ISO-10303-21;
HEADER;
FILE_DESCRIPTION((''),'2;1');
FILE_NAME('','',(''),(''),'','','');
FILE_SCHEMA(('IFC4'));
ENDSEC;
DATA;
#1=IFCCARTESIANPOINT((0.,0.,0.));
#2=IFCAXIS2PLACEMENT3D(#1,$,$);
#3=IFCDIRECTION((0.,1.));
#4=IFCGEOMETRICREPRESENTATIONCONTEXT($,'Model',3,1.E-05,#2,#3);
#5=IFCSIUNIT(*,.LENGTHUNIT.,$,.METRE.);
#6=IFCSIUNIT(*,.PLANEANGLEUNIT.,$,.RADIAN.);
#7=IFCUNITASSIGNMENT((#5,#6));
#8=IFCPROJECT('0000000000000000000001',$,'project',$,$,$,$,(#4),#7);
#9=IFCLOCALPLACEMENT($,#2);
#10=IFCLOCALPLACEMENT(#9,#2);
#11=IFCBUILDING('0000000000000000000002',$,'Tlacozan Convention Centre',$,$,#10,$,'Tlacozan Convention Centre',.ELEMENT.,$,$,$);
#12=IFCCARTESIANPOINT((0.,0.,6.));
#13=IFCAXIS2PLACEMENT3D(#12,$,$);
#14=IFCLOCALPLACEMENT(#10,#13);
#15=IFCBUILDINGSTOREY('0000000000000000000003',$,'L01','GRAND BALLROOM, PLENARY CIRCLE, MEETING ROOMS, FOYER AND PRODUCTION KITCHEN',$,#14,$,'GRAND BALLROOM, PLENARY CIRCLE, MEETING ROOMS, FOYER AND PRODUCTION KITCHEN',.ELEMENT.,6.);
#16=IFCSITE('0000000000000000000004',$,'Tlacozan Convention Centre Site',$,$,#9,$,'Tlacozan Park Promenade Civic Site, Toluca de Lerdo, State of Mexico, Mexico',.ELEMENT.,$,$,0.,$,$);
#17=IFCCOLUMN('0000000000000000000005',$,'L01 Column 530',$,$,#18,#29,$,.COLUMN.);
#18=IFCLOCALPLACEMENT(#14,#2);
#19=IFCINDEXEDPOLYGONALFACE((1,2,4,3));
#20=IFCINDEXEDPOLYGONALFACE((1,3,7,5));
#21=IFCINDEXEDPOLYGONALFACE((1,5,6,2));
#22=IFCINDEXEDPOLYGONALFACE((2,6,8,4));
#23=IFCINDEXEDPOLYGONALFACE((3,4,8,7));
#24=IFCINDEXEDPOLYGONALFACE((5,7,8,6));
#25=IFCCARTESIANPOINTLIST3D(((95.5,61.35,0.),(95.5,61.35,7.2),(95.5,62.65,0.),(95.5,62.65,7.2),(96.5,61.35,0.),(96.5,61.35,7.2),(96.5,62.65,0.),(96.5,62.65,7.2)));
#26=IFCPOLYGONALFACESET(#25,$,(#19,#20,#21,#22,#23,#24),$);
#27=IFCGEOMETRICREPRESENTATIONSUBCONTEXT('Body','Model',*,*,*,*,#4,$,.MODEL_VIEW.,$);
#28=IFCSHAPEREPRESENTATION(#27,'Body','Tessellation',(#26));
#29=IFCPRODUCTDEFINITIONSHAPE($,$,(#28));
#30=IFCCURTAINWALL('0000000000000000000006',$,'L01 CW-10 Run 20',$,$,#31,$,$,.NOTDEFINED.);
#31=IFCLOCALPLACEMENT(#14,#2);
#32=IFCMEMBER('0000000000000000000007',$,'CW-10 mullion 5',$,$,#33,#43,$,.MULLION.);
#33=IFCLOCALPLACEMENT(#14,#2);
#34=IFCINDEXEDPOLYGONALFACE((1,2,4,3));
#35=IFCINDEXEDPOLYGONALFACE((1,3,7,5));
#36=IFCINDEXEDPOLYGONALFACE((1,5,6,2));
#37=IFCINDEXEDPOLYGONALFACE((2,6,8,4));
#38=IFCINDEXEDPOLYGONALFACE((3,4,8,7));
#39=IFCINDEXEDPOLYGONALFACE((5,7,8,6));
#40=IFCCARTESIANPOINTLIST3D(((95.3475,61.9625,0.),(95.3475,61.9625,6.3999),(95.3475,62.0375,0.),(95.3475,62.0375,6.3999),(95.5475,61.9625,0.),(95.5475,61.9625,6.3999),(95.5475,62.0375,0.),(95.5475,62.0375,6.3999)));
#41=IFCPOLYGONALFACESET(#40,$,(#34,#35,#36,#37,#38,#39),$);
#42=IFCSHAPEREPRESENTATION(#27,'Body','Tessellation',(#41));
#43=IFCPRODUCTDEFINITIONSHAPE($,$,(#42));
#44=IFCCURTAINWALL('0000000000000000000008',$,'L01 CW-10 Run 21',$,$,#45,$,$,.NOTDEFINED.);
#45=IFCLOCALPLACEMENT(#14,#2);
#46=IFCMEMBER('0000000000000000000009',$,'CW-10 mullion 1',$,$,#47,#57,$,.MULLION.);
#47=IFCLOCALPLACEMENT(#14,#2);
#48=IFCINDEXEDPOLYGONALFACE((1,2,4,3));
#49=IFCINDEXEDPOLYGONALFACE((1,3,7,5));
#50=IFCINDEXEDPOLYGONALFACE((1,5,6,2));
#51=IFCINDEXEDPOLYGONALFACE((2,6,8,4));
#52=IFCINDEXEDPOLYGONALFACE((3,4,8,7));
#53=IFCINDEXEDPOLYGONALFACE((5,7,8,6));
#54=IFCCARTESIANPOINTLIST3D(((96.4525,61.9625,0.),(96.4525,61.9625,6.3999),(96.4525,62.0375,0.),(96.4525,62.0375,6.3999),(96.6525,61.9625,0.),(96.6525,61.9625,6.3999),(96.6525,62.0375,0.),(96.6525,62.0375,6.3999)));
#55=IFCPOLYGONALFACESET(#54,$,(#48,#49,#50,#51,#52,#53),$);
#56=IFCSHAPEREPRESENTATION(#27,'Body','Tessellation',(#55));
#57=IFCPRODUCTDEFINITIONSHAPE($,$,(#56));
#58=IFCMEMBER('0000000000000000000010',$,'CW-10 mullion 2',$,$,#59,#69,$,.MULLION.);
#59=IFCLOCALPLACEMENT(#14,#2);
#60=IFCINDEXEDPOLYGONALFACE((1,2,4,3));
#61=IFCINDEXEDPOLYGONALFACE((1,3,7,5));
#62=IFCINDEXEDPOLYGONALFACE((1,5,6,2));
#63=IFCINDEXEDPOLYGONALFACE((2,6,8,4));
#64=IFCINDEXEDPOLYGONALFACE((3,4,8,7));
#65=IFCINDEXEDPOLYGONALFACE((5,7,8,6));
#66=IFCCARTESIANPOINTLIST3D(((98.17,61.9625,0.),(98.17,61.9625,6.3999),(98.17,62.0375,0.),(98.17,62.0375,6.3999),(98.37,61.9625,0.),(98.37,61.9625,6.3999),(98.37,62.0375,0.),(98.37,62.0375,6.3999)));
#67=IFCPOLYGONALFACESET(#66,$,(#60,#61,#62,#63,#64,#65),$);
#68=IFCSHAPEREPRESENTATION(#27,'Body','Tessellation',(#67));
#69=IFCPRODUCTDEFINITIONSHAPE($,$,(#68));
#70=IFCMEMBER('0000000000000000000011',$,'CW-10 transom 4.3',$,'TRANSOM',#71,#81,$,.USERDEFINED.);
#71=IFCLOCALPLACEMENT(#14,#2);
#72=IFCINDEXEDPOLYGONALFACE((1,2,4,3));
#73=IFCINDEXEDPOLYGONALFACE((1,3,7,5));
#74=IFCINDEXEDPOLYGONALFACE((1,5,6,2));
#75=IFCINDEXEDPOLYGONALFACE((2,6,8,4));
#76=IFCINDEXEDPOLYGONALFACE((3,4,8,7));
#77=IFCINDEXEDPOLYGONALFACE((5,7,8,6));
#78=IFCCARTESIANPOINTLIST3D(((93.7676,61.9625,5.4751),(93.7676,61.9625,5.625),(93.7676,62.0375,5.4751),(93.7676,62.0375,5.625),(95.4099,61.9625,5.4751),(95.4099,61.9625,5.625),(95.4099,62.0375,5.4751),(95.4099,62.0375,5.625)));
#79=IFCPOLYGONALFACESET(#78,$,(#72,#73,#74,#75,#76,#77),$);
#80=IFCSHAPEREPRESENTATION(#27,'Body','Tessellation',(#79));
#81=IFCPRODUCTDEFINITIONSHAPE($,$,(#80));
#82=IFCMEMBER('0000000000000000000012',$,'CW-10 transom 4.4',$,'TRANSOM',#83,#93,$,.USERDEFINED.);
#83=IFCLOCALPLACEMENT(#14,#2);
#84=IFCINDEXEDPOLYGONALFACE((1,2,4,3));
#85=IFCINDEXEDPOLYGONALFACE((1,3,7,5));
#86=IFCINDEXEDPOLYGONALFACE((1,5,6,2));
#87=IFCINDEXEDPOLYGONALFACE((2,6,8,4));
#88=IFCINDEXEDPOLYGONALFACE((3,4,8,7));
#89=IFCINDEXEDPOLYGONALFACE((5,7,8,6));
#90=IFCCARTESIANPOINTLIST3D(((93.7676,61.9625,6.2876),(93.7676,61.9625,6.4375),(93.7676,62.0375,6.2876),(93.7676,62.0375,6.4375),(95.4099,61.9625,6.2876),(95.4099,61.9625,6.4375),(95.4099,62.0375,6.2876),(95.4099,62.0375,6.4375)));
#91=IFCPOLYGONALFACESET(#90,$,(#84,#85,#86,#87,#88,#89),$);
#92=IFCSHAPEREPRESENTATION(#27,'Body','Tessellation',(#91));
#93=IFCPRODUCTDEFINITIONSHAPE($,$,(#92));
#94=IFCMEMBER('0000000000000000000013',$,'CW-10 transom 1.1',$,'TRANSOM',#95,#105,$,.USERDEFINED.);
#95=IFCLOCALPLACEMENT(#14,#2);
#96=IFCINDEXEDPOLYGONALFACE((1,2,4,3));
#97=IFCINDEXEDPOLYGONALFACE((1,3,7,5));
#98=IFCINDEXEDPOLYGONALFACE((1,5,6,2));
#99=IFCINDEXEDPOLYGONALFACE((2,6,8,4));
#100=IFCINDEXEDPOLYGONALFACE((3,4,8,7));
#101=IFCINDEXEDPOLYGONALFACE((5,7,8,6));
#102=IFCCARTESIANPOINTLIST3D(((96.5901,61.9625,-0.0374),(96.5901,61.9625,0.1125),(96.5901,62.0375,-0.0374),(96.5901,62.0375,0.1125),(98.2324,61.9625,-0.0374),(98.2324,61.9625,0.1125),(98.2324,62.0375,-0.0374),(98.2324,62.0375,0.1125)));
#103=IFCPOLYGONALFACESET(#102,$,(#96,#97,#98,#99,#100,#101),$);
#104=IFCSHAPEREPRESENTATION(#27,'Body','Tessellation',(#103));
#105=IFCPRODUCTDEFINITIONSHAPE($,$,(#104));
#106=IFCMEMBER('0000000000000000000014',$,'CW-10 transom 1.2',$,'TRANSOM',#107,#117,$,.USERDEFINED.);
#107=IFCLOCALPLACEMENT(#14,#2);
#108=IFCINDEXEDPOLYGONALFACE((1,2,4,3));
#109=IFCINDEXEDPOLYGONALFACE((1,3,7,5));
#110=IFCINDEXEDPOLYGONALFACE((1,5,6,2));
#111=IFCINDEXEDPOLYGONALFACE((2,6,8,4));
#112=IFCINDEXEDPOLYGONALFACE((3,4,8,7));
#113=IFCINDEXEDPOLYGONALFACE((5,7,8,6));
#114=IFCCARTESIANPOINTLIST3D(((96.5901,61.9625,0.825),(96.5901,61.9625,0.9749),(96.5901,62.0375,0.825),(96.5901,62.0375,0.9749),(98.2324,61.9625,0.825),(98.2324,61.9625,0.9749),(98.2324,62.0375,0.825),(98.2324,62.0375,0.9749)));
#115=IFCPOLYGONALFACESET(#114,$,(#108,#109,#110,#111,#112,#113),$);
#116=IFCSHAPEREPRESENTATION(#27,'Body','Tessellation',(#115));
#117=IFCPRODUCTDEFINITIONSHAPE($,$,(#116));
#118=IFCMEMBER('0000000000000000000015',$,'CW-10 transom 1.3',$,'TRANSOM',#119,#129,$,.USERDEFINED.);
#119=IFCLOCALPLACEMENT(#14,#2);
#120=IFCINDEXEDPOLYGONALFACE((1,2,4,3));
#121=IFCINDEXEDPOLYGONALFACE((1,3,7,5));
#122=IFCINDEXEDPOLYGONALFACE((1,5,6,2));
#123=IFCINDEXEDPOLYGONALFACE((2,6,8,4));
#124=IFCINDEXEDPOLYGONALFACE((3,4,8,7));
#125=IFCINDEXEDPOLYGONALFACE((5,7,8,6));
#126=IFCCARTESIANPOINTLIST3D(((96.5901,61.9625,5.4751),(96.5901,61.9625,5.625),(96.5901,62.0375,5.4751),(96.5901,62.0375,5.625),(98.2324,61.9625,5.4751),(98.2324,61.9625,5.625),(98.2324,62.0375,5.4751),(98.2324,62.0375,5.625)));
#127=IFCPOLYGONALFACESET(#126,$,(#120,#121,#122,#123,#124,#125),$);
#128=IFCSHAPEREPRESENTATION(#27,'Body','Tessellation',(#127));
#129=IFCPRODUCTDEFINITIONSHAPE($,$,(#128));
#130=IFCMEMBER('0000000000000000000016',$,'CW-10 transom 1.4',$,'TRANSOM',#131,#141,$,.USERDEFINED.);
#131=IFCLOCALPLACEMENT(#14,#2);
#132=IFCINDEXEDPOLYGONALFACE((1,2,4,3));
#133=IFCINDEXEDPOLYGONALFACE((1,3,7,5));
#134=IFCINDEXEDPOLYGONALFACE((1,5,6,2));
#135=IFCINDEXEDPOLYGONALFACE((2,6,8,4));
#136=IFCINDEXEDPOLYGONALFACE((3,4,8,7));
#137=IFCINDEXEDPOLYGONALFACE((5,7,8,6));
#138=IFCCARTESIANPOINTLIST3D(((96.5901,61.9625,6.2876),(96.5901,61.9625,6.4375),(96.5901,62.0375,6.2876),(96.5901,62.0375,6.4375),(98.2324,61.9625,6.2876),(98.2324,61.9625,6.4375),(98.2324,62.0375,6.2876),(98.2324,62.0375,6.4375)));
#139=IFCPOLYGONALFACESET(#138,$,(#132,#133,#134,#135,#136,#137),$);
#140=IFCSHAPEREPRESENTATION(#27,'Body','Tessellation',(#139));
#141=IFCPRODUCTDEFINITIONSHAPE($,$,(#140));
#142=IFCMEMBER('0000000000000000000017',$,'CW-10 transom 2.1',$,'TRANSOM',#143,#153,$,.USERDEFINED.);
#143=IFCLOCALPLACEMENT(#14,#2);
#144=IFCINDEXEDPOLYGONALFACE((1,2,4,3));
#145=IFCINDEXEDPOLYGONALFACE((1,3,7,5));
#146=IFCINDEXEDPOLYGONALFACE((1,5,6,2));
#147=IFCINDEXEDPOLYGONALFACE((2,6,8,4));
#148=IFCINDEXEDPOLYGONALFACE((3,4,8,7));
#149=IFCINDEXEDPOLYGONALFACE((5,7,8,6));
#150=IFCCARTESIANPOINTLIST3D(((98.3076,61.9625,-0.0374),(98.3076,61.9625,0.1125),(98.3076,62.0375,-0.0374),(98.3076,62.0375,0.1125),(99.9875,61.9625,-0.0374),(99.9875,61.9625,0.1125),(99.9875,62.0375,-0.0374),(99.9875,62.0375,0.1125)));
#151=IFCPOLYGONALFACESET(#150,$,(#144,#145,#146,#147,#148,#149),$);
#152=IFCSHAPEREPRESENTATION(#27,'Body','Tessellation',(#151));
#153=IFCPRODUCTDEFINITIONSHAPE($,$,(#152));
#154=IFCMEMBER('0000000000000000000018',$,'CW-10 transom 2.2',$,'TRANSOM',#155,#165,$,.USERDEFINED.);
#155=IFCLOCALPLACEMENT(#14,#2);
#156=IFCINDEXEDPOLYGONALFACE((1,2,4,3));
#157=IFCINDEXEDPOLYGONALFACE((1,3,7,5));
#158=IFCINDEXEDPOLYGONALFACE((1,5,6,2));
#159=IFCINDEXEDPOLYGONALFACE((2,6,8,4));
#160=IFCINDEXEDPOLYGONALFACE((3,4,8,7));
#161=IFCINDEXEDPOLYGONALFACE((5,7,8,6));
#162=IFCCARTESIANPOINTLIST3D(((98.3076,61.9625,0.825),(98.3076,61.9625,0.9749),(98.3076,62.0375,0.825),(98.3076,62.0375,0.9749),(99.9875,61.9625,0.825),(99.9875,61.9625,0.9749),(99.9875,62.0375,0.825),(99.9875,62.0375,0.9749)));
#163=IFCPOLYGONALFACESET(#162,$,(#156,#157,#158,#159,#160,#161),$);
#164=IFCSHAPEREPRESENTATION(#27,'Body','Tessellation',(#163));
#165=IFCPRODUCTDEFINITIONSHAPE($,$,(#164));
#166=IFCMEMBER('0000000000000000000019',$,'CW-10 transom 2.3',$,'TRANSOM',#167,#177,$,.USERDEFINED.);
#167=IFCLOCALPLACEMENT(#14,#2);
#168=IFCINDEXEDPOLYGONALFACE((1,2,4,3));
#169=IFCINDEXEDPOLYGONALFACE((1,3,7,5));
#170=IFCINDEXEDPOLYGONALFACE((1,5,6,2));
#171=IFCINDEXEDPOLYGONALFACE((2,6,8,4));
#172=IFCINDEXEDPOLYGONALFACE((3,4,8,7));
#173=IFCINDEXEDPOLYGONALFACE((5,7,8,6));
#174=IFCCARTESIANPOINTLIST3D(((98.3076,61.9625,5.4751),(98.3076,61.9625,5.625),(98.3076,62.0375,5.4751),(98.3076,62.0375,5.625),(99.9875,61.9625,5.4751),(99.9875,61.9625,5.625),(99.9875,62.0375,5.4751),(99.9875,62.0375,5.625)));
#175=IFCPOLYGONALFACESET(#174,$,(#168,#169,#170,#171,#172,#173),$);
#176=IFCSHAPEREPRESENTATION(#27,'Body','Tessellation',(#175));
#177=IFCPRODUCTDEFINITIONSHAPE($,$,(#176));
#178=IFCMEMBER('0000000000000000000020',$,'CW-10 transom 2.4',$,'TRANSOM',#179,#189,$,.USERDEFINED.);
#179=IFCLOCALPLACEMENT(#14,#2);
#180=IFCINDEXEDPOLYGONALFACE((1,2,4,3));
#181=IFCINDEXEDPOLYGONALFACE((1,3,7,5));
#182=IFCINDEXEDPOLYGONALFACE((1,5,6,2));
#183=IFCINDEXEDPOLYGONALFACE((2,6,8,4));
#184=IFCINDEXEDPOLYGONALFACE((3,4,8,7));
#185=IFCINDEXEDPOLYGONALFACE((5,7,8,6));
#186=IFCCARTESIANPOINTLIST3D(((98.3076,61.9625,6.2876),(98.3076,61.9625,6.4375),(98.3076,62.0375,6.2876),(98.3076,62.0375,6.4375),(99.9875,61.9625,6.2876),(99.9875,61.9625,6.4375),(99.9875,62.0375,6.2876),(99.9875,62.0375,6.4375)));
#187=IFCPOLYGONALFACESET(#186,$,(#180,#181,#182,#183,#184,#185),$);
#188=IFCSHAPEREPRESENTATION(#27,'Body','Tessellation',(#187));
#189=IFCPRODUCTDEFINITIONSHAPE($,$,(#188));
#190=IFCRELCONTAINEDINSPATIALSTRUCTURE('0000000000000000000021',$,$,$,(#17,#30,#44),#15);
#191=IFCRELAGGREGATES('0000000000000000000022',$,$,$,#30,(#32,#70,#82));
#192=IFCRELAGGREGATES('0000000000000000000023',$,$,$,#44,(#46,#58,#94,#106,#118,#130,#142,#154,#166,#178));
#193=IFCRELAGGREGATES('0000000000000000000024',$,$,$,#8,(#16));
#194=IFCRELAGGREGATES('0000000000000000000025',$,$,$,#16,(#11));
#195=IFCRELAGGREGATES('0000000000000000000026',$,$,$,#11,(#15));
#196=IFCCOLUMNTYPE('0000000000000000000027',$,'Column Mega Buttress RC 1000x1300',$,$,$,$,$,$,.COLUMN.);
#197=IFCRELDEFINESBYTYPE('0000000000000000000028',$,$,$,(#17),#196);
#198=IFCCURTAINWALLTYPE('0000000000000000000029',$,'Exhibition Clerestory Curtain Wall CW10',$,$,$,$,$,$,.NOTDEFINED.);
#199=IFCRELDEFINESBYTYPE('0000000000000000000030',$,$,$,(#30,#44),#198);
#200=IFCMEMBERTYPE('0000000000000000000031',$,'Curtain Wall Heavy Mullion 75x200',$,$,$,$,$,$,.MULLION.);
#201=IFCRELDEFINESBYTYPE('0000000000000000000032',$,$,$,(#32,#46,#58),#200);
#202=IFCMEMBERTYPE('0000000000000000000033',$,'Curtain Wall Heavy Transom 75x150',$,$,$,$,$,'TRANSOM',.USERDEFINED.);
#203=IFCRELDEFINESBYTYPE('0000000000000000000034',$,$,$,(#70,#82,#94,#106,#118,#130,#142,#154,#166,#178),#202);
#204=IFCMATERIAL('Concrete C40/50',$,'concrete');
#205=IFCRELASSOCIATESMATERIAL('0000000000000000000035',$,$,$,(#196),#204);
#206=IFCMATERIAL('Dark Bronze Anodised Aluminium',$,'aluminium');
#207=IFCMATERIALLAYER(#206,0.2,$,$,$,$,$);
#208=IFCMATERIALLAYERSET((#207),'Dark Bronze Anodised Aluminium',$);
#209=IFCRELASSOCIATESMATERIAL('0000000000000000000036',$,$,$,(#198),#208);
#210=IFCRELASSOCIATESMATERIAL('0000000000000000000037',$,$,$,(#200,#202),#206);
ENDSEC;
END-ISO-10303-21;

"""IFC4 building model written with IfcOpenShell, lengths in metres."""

from ifc_helpers import new_model, si_unit, direction, frame, origin, origin_2d, place, context, subcontext, project, spatial, rectangle, extrude, material, layer, layer_set, material_profile, profile_set, type_object, element, aggregate, save


model = new_model("IFC4")

# Units and contexts
model_context = context("Model", 3, precision=1e-05, world=origin(), true_north=direction((0.0, 1.0)))
body_context = subcontext(model_context, "Body", "Model", "MODEL_VIEW")
ifc_project = project(units=[si_unit("LENGTHUNIT", "METRE"), si_unit("PLANEANGLEUNIT", "RADIAN")], contexts=[model_context])

# Site, building, storey
site_placement = place(None, origin())
site = spatial("IfcSite", under=ifc_project, at=site_placement, Name="Tlacozan Convention Centre Site", LongName="Tlacozan Park Promenade Civic Site, Toluca de Lerdo, State of Mexico, Mexico", CompositionType="ELEMENT", RefElevation=0.0)
building_placement = place(site_placement, origin())
building = spatial("IfcBuilding", under=site, at=building_placement, Name="Tlacozan Convention Centre", LongName="Tlacozan Convention Centre", CompositionType="ELEMENT")
storey_placement = place(building_placement, frame((0.0, 0.0, 6.0)))
storey = spatial("IfcBuildingStorey", under=building, at=storey_placement, Name="L01", Description="GRAND BALLROOM, PLENARY CIRCLE, MEETING ROOMS, FOYER AND PRODUCTION KITCHEN", LongName="GRAND BALLROOM, PLENARY CIRCLE, MEETING ROOMS, FOYER AND PRODUCTION KITCHEN", CompositionType="ELEMENT", Elevation=6.0)

# Column
ifc_material_1 = material(Name="Concrete C40/50", Category="concrete")
ifc_material_profile_1 = material_profile(ifc_material_1, rectangle(XDim=1.0, YDim=1.3, at=origin_2d()), Name="RC 1000x1300")
ifc_profile_set_1 = profile_set([ifc_material_profile_1], Name="Concrete C40/50")
column_type = type_object("IfcColumnType", Name="Column Mega Buttress RC 1000x1300", PredefinedType="COLUMN", material=ifc_profile_set_1)
column_placement = place(storey_placement, frame((96.0, 62.0, 0.0), z_axis=(0.0, 0.0, 1.0), x_axis=(1.0, 0.0, 0.0)))
element("IfcColumn", 1, at=column_placement, inside=storey, type_object=column_type, Name="L01 Column 530", PredefinedType="COLUMN", context=body_context, shape_type="SweptSolid", body=[
    extrude(rectangle(XDim=1.0, YDim=1.3, at=origin_2d()), origin(), (0.0, 0.0, 1.0), 7.2),
])

# Curtain wall, member
ifc_material_2 = material(Name="Dark Bronze Anodised Aluminium", Category="aluminium")
ifc_layer_1 = layer(ifc_material_2, 0.2)
ifc_layer_set_1 = layer_set([ifc_layer_1], Name="Dark Bronze Anodised Aluminium")
curtain_wall_type = type_object("IfcCurtainWallType", Name="Exhibition Clerestory Curtain Wall CW10", PredefinedType="NOTDEFINED", material=ifc_layer_set_1)
curtain_wall_1_placement = place(storey_placement, origin())
curtain_wall_1 = element("IfcCurtainWall", 2, at=curtain_wall_1_placement, inside=storey, type_object=curtain_wall_type, Name="L01 CW-10 Run 20", PredefinedType="NOTDEFINED")
ifc_material_profile_2 = material_profile(ifc_material_2, rectangle(XDim=0.075, YDim=0.2, at=origin_2d()), Name="ALU 75x200")
ifc_profile_set_2 = profile_set([ifc_material_profile_2], Name="Dark Bronze Anodised Aluminium")
member_type_1 = type_object("IfcMemberType", Name="Curtain Wall Heavy Mullion 75x200", PredefinedType="MULLION", material=ifc_profile_set_2)
member_1_placement = place(storey_placement, frame((95.4475, 62.0, 0.0), z_axis=(0.0, 0.0, 1.0), x_axis=(0.0, 1.0, 0.0)))
member_1 = element("IfcMember", 3, at=member_1_placement, type_object=member_type_1, Name="CW-10 mullion 5", PredefinedType="MULLION", context=body_context, shape_type="SweptSolid", body=[
    extrude(rectangle(XDim=0.075, YDim=0.2, at=origin_2d()), origin(), (0.0, 0.0, 1.0), 6.3999),
])

# Curtain wall, members
curtain_wall_2_placement = place(storey_placement, origin())
curtain_wall_2 = element("IfcCurtainWall", 4, at=curtain_wall_2_placement, inside=storey, type_object=curtain_wall_type, Name="L01 CW-10 Run 21", PredefinedType="NOTDEFINED")
member_2_placement = place(storey_placement, frame((96.5525, 62.0, 0.0), z_axis=(0.0, 0.0, 1.0), x_axis=(0.0, 1.0, 0.0)))
member_2 = element("IfcMember", 5, at=member_2_placement, type_object=member_type_1, Name="CW-10 mullion 1", PredefinedType="MULLION", context=body_context, shape_type="SweptSolid", body=[
    extrude(rectangle(XDim=0.075, YDim=0.2, at=origin_2d()), origin(), (0.0, 0.0, 1.0), 6.3999),
])
member_3_placement = place(storey_placement, frame((98.27, 62.0, 0.0), z_axis=(0.0, 0.0, 1.0), x_axis=(0.0, 1.0, 0.0)))
member_3 = element("IfcMember", 6, at=member_3_placement, type_object=member_type_1, Name="CW-10 mullion 2", PredefinedType="MULLION", context=body_context, shape_type="SweptSolid", body=[
    extrude(rectangle(XDim=0.075, YDim=0.2, at=origin_2d()), origin(), (0.0, 0.0, 1.0), 6.3999),
])

# Members
ifc_material_profile_3 = material_profile(ifc_material_2, rectangle(XDim=0.075, YDim=0.1499, at=origin_2d()), Name="ALU 75x150")
ifc_profile_set_3 = profile_set([ifc_material_profile_3], Name="Dark Bronze Anodised Aluminium")
member_type_2 = type_object("IfcMemberType", Name="Curtain Wall Heavy Transom 75x150", ElementType="TRANSOM", PredefinedType="USERDEFINED", material=ifc_profile_set_3)
member_4_placement = place(storey_placement, frame((93.7676, 62.0, 5.55), z_axis=(1.0, 0.0, 0.0), x_axis=(0.0, 1.0, 0.0)))
member_4 = element("IfcMember", 7, at=member_4_placement, type_object=member_type_2, Name="CW-10 transom 4.3", ObjectType="TRANSOM", PredefinedType="USERDEFINED", context=body_context, shape_type="SweptSolid", body=[
    extrude(rectangle(XDim=0.075, YDim=0.1499, at=origin_2d()), origin(), (0.0, 0.0, 1.0), 1.6423),
])
member_5_placement = place(storey_placement, frame((93.7676, 62.0, 6.3625), z_axis=(1.0, 0.0, 0.0), x_axis=(0.0, 1.0, 0.0)))
member_5 = element("IfcMember", 8, at=member_5_placement, type_object=member_type_2, Name="CW-10 transom 4.4", ObjectType="TRANSOM", PredefinedType="USERDEFINED", context=body_context, shape_type="SweptSolid", body=[
    extrude(rectangle(XDim=0.075, YDim=0.1499, at=origin_2d()), origin(), (0.0, 0.0, 1.0), 1.6423),
])
member_6_placement = place(storey_placement, frame((96.5901, 62.0, 0.0376), z_axis=(1.0, 0.0, 0.0), x_axis=(0.0, 1.0, 0.0)))
member_6 = element("IfcMember", 9, at=member_6_placement, type_object=member_type_2, Name="CW-10 transom 1.1", ObjectType="TRANSOM", PredefinedType="USERDEFINED", context=body_context, shape_type="SweptSolid", body=[
    extrude(rectangle(XDim=0.075, YDim=0.1499, at=origin_2d()), origin(), (0.0, 0.0, 1.0), 1.6423),
])
member_7_placement = place(storey_placement, frame((96.5901, 62.0, 0.8999), z_axis=(1.0, 0.0, 0.0), x_axis=(0.0, 1.0, 0.0)))
member_7 = element("IfcMember", 10, at=member_7_placement, type_object=member_type_2, Name="CW-10 transom 1.2", ObjectType="TRANSOM", PredefinedType="USERDEFINED", context=body_context, shape_type="SweptSolid", body=[
    extrude(rectangle(XDim=0.075, YDim=0.1499, at=origin_2d()), origin(), (0.0, 0.0, 1.0), 1.6423),
])
member_8_placement = place(storey_placement, frame((96.5901, 62.0, 5.55), z_axis=(1.0, 0.0, 0.0), x_axis=(0.0, 1.0, 0.0)))
member_8 = element("IfcMember", 11, at=member_8_placement, type_object=member_type_2, Name="CW-10 transom 1.3", ObjectType="TRANSOM", PredefinedType="USERDEFINED", context=body_context, shape_type="SweptSolid", body=[
    extrude(rectangle(XDim=0.075, YDim=0.1499, at=origin_2d()), origin(), (0.0, 0.0, 1.0), 1.6423),
])
member_9_placement = place(storey_placement, frame((96.5901, 62.0, 6.3625), z_axis=(1.0, 0.0, 0.0), x_axis=(0.0, 1.0, 0.0)))
member_9 = element("IfcMember", 12, at=member_9_placement, type_object=member_type_2, Name="CW-10 transom 1.4", ObjectType="TRANSOM", PredefinedType="USERDEFINED", context=body_context, shape_type="SweptSolid", body=[
    extrude(rectangle(XDim=0.075, YDim=0.1499, at=origin_2d()), origin(), (0.0, 0.0, 1.0), 1.6423),
])
member_10_placement = place(storey_placement, frame((98.3076, 62.0, 0.0376), z_axis=(1.0, 0.0, 0.0), x_axis=(0.0, 1.0, 0.0)))
member_10 = element("IfcMember", 13, at=member_10_placement, type_object=member_type_2, Name="CW-10 transom 2.1", ObjectType="TRANSOM", PredefinedType="USERDEFINED", context=body_context, shape_type="SweptSolid", body=[
    extrude(rectangle(XDim=0.075, YDim=0.1499, at=origin_2d()), origin(), (0.0, 0.0, 1.0), 1.6799),
])
member_11_placement = place(storey_placement, frame((98.3076, 62.0, 0.8999), z_axis=(1.0, 0.0, 0.0), x_axis=(0.0, 1.0, 0.0)))
member_11 = element("IfcMember", 14, at=member_11_placement, type_object=member_type_2, Name="CW-10 transom 2.2", ObjectType="TRANSOM", PredefinedType="USERDEFINED", context=body_context, shape_type="SweptSolid", body=[
    extrude(rectangle(XDim=0.075, YDim=0.1499, at=origin_2d()), origin(), (0.0, 0.0, 1.0), 1.6799),
])
member_12_placement = place(storey_placement, frame((98.3076, 62.0, 5.55), z_axis=(1.0, 0.0, 0.0), x_axis=(0.0, 1.0, 0.0)))
member_12 = element("IfcMember", 15, at=member_12_placement, type_object=member_type_2, Name="CW-10 transom 2.3", ObjectType="TRANSOM", PredefinedType="USERDEFINED", context=body_context, shape_type="SweptSolid", body=[
    extrude(rectangle(XDim=0.075, YDim=0.1499, at=origin_2d()), origin(), (0.0, 0.0, 1.0), 1.6799),
])
member_13_placement = place(storey_placement, frame((98.3076, 62.0, 6.3625), z_axis=(1.0, 0.0, 0.0), x_axis=(0.0, 1.0, 0.0)))
member_13 = element("IfcMember", 16, at=member_13_placement, type_object=member_type_2, Name="CW-10 transom 2.4", ObjectType="TRANSOM", PredefinedType="USERDEFINED", context=body_context, shape_type="SweptSolid", body=[
    extrude(rectangle(XDim=0.075, YDim=0.1499, at=origin_2d()), origin(), (0.0, 0.0, 1.0), 1.6799),
])

aggregate(curtain_wall_1, [member_1, member_4, member_5])
aggregate(curtain_wall_2, [member_2, member_3, member_6, member_7, member_8, member_9, member_10, member_11, member_12, member_13])

save(model, "model.ifc")
